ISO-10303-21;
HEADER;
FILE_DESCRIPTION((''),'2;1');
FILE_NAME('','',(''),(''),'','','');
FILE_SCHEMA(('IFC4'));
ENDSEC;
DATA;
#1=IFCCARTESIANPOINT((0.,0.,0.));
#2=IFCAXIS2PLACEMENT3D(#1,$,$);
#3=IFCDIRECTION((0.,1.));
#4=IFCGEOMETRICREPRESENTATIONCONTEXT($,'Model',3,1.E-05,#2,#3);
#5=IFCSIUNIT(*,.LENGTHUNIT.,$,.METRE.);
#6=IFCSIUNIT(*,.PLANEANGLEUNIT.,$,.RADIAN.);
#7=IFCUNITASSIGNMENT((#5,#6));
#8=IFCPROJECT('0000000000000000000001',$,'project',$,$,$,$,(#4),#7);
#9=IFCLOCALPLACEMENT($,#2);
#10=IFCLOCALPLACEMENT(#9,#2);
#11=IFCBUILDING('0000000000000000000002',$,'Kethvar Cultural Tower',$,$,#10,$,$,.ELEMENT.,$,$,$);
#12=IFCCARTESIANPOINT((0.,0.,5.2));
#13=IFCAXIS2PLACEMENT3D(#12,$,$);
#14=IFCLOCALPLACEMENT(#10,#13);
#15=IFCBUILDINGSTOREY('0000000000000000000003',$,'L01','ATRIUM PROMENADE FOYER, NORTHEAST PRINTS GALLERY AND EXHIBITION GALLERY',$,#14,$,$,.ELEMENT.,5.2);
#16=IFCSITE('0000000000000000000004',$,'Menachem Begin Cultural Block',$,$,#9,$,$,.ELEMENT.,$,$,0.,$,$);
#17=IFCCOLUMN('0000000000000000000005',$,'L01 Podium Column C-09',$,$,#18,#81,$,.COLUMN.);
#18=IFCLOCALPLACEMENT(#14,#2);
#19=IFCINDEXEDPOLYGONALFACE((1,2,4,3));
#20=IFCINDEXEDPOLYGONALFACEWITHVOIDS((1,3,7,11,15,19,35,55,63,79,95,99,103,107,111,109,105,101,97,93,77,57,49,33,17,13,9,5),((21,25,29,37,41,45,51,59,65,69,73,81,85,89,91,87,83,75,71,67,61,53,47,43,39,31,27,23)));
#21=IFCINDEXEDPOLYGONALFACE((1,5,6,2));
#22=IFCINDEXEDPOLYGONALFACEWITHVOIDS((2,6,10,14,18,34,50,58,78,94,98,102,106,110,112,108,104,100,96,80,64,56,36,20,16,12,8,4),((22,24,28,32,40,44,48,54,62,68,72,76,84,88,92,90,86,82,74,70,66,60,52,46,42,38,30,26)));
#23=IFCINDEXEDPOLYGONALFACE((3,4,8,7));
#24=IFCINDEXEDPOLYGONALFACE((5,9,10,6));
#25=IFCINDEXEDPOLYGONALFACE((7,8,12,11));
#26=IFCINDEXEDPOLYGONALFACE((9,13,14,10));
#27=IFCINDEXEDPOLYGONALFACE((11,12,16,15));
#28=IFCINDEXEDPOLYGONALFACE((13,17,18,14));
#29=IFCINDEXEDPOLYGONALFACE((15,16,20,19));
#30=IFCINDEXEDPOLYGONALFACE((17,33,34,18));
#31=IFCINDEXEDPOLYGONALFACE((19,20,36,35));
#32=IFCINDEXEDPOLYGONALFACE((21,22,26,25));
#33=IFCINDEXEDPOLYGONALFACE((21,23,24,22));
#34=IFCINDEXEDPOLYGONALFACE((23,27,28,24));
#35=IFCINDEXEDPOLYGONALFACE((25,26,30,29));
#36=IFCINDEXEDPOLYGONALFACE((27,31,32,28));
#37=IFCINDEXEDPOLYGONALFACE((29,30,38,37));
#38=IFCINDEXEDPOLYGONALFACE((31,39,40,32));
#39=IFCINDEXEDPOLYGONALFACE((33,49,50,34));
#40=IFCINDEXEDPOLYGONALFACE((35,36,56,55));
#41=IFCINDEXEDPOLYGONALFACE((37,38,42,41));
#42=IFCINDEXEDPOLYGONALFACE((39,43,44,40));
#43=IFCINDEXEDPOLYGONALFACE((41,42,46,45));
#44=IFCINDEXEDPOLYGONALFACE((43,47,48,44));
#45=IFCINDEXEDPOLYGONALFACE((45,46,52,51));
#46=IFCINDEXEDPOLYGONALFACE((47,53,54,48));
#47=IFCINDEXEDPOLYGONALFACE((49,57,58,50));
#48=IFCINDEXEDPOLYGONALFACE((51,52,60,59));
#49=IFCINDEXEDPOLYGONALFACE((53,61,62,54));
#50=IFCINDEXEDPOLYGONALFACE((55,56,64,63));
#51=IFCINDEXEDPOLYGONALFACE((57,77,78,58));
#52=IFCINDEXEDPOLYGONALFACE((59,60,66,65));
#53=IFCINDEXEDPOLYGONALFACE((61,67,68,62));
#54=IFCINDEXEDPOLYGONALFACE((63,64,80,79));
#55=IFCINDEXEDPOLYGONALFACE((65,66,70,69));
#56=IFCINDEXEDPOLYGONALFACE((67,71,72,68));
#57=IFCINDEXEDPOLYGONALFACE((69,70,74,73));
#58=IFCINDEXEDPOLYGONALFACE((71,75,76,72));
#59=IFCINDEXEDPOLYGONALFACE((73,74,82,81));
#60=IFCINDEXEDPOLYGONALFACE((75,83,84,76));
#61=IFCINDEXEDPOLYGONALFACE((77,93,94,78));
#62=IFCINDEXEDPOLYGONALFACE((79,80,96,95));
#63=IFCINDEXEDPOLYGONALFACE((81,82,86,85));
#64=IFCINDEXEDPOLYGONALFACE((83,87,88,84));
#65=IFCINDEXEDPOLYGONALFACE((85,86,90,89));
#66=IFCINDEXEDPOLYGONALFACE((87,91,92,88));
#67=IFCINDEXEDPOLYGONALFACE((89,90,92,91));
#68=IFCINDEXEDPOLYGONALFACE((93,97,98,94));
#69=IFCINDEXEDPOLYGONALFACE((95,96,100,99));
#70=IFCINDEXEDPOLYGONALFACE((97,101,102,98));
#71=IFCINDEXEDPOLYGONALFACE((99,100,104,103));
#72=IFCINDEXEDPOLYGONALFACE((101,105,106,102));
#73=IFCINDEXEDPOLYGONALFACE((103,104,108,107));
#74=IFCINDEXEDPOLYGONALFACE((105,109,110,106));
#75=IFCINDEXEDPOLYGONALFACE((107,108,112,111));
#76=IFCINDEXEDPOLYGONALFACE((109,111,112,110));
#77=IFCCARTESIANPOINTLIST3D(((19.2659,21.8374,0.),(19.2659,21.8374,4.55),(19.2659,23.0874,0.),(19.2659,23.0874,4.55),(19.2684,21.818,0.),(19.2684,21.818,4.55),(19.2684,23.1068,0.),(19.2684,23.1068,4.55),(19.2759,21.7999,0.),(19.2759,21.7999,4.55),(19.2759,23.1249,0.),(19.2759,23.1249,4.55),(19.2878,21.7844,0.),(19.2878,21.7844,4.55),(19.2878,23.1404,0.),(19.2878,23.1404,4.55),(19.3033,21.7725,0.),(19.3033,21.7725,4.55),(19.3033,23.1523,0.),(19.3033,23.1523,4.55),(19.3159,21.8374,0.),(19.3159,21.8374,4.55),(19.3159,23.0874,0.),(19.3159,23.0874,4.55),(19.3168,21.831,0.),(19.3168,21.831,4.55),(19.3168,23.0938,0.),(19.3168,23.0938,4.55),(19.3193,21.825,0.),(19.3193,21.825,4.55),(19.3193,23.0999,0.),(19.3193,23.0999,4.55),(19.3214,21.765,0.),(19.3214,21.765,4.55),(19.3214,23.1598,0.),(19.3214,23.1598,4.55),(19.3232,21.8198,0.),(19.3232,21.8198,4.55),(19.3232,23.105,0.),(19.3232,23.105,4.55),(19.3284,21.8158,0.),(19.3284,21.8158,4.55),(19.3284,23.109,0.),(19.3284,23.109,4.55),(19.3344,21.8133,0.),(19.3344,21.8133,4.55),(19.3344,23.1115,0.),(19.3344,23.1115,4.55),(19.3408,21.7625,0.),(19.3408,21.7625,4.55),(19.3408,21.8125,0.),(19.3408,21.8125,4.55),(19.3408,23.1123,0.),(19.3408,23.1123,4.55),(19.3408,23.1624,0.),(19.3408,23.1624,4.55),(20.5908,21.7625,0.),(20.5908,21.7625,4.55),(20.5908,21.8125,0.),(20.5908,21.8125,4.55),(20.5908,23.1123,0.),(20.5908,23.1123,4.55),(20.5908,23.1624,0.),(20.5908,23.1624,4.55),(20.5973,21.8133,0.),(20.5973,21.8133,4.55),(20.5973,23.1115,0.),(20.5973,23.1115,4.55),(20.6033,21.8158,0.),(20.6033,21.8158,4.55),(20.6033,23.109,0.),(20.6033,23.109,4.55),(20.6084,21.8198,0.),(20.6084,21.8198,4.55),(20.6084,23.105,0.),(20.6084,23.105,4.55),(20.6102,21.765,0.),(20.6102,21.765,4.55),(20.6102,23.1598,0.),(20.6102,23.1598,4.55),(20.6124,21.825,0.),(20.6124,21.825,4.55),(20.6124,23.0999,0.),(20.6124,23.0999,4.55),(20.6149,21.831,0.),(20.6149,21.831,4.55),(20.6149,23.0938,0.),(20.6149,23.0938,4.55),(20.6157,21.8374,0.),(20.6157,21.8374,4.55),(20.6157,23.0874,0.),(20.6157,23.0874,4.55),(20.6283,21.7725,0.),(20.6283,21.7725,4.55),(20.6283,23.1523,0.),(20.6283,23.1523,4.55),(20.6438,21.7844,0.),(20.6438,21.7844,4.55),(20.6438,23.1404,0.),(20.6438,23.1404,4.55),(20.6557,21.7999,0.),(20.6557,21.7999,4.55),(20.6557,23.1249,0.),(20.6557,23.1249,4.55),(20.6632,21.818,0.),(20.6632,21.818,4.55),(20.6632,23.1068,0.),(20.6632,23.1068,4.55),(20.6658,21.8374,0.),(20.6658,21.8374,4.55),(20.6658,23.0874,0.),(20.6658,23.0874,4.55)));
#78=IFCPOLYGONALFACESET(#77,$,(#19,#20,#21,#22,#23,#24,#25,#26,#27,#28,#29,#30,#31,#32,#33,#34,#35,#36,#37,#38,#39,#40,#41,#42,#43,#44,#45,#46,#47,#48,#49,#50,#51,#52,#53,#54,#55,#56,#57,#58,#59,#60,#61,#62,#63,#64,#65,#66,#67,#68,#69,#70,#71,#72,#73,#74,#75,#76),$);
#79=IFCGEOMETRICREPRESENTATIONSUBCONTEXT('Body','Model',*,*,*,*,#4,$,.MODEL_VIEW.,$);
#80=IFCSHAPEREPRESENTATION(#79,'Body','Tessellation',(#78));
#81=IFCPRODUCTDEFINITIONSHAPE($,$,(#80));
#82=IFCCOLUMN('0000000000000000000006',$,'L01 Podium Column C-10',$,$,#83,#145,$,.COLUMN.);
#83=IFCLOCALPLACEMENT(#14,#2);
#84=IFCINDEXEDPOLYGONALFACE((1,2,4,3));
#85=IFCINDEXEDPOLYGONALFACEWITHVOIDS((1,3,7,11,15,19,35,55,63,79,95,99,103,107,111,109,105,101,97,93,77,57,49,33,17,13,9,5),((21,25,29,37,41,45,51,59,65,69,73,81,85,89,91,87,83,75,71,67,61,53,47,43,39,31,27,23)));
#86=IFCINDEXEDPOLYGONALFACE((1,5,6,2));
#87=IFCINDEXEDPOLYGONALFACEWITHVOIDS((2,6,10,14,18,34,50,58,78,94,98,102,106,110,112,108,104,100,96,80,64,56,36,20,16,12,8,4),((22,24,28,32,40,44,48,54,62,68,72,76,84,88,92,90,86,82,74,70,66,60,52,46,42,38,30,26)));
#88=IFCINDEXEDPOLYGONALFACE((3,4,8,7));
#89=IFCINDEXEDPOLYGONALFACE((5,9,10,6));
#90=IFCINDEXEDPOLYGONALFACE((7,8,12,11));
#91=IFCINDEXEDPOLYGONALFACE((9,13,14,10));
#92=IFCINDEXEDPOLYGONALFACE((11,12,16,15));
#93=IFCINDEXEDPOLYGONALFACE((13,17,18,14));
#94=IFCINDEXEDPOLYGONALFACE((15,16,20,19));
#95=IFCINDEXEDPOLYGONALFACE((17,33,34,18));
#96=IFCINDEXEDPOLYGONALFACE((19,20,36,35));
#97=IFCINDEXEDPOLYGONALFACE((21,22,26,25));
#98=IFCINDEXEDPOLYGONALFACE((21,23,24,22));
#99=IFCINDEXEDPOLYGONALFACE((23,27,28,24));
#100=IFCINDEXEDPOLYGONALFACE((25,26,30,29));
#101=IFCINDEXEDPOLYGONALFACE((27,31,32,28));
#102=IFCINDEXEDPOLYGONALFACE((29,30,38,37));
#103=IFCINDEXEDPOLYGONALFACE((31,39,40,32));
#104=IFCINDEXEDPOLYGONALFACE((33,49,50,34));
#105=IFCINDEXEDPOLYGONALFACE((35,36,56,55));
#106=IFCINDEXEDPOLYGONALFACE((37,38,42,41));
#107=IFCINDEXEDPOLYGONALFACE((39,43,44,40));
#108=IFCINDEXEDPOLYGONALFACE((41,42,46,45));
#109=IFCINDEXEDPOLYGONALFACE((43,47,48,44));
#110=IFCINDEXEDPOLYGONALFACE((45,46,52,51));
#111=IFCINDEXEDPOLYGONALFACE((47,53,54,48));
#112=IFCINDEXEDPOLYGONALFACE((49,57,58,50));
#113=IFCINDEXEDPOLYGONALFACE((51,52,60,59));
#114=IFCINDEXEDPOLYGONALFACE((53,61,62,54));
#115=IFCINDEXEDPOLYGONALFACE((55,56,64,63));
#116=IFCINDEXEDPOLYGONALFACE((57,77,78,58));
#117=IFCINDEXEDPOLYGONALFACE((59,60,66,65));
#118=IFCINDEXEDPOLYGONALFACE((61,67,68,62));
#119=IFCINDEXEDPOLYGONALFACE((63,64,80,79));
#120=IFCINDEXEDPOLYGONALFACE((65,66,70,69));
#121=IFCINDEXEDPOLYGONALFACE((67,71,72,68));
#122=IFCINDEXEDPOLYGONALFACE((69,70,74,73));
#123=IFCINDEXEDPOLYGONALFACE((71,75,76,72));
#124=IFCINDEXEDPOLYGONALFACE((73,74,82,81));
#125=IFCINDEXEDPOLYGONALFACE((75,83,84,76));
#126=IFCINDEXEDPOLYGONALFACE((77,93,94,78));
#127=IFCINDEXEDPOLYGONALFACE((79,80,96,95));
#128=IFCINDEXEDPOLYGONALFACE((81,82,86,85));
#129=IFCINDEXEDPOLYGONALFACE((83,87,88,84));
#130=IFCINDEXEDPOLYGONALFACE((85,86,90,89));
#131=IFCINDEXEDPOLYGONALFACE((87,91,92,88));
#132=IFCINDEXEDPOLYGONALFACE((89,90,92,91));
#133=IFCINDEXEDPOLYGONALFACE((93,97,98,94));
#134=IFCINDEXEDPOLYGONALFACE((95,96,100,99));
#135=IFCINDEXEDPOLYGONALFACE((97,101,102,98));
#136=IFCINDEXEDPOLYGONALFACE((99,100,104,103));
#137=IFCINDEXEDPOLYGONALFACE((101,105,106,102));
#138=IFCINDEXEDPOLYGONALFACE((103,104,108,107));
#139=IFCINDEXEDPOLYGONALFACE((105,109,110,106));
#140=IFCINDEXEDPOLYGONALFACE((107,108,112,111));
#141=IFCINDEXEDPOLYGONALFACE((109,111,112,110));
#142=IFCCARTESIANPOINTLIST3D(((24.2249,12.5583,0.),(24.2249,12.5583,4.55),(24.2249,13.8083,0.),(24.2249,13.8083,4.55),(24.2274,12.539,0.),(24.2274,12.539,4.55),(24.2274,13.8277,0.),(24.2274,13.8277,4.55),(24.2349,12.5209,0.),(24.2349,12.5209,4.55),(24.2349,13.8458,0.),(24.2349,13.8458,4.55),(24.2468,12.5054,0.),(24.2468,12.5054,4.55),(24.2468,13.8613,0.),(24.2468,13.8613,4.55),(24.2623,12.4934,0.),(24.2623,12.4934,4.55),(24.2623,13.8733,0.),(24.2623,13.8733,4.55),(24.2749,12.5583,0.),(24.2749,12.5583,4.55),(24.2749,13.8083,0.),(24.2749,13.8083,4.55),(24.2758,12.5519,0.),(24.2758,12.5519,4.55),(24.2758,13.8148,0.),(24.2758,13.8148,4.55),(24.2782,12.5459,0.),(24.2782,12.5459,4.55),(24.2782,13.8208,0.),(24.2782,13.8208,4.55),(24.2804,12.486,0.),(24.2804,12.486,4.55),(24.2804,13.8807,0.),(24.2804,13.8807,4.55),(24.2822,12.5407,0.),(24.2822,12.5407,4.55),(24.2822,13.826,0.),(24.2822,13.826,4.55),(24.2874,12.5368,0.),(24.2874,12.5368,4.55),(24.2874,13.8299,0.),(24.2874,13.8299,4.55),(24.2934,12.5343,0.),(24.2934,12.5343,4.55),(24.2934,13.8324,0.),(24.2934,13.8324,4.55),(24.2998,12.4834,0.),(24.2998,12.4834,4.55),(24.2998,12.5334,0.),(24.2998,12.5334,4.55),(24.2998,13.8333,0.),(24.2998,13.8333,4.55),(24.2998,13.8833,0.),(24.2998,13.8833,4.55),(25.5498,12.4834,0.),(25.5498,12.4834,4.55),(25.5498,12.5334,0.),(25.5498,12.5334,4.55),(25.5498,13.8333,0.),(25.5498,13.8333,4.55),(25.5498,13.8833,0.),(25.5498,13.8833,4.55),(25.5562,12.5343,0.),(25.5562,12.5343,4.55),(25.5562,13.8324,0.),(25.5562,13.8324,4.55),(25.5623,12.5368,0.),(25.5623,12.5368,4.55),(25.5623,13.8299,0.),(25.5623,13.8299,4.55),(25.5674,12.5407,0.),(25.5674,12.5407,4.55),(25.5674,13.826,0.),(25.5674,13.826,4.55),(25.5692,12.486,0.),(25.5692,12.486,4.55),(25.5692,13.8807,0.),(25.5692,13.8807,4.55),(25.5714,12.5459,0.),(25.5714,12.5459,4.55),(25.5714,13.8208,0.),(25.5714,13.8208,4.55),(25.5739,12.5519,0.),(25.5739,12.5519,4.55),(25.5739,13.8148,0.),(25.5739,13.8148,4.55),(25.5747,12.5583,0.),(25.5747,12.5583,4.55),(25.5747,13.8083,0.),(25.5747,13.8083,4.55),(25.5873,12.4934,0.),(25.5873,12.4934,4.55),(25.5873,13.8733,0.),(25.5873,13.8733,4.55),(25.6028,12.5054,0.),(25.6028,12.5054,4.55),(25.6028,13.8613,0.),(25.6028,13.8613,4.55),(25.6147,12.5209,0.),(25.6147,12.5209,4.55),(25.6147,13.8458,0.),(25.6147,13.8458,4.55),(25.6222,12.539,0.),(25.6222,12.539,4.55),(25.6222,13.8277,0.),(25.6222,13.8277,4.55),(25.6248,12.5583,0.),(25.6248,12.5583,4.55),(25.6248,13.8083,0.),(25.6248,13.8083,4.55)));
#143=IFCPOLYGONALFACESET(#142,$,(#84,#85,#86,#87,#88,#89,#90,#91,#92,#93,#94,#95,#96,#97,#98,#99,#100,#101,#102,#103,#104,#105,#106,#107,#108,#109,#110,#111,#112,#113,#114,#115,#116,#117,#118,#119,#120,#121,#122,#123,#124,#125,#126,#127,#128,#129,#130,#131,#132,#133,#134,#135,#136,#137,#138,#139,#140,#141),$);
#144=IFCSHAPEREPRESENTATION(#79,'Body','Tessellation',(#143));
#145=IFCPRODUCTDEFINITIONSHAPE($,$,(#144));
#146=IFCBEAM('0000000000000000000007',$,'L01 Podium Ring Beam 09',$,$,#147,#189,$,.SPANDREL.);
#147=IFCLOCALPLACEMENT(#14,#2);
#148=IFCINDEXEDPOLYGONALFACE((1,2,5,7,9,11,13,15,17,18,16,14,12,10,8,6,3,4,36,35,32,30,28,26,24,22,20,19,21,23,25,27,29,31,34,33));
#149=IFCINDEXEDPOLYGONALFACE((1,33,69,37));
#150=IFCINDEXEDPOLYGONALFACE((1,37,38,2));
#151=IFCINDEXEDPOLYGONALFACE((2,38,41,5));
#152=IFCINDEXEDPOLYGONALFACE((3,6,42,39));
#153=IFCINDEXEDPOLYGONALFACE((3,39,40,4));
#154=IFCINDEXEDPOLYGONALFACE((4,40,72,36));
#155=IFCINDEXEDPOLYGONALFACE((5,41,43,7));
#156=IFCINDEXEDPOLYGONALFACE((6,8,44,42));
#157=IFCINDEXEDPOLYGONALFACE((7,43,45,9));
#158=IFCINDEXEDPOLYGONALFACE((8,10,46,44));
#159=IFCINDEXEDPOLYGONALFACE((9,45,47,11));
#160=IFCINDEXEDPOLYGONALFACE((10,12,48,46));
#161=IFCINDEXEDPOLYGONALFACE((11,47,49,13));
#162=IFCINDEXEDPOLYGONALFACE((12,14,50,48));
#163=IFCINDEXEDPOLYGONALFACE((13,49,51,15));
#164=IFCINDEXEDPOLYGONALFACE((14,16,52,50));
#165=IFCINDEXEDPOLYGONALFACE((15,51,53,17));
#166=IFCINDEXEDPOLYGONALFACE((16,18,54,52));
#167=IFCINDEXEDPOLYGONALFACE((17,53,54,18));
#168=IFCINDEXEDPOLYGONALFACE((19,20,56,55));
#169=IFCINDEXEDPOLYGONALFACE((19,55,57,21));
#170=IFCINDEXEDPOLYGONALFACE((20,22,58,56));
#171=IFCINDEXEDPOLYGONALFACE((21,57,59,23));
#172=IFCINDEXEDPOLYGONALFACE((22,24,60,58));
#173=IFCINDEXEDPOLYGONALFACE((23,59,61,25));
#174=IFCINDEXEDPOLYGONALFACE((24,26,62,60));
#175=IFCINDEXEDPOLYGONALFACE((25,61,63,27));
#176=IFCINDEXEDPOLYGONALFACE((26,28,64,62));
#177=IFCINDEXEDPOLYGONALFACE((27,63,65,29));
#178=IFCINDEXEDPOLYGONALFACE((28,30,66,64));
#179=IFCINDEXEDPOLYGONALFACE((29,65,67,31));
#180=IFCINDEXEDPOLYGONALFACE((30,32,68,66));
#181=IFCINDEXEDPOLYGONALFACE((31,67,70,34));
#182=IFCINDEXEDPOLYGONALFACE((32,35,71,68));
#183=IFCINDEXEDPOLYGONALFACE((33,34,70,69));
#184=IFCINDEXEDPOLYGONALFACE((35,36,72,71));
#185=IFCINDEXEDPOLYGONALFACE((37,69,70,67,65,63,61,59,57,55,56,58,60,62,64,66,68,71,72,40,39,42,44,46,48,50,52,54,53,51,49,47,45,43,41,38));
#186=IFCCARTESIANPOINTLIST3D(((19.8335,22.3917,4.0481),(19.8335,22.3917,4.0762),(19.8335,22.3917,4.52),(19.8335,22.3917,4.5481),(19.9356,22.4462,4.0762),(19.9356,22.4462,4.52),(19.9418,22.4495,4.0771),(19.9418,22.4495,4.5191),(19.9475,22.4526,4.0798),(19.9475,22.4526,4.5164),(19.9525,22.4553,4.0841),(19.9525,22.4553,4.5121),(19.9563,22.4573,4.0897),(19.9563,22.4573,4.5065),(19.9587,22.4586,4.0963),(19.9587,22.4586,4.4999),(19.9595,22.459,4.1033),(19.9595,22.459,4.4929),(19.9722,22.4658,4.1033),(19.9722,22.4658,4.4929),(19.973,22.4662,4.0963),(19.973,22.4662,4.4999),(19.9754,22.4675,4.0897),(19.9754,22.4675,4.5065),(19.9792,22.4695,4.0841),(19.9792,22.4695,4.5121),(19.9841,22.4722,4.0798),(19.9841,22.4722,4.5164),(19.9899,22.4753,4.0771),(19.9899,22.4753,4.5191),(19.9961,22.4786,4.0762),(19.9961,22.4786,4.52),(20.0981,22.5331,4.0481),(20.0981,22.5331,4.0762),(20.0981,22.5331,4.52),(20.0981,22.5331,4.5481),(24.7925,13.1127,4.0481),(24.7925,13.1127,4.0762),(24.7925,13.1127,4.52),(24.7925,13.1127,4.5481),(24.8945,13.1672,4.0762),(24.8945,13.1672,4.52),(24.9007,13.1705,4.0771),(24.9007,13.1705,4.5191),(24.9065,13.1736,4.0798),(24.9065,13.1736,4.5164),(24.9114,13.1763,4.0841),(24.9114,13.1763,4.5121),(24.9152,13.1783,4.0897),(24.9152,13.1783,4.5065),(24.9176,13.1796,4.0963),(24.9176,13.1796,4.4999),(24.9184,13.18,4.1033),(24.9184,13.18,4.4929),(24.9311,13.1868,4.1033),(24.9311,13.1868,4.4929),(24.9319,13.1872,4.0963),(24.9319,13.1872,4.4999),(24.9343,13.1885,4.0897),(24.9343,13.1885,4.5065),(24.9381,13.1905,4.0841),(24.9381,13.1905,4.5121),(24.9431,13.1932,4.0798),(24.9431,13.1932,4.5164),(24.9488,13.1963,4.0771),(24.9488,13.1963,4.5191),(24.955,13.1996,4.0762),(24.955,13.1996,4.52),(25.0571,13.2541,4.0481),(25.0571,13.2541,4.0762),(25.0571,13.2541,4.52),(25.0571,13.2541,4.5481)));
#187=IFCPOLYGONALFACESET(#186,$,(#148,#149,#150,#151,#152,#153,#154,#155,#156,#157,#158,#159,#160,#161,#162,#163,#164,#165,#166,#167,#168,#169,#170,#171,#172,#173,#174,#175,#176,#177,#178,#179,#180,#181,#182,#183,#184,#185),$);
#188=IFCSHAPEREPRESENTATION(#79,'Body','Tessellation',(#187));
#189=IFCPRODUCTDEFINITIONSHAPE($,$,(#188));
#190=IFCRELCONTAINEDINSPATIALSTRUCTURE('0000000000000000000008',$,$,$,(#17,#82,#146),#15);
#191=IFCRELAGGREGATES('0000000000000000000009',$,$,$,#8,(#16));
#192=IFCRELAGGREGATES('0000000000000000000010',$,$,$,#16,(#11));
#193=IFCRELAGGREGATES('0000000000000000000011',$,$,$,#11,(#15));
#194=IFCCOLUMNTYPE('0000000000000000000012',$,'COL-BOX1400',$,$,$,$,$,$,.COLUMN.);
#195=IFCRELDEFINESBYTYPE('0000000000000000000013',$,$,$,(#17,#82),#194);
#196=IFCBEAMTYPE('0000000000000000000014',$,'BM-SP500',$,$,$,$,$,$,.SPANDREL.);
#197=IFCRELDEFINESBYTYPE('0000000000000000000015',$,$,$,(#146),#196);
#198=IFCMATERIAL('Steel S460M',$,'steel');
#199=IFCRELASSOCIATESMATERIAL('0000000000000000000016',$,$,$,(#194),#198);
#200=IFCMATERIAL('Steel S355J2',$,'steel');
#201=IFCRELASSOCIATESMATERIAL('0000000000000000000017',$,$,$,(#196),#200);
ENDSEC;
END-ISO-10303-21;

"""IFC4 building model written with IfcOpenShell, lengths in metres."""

from ifc_helpers import new_model, si_unit, direction, frame, origin, origin_2d, place, context, subcontext, project, spatial, hollow_rectangle, i_section, extrude, source, transform, mapped, material, material_profile, profile_set, type_object, element, save


model = new_model("IFC4")

# Units and contexts
model_context = context("Model", 3, precision=1e-05, world=origin(), true_north=direction((0.0, 1.0)))
body_context = subcontext(model_context, "Body", "Model", "MODEL_VIEW")
ifc_project = project(units=[si_unit("LENGTHUNIT", "METRE"), si_unit("PLANEANGLEUNIT", "RADIAN")], contexts=[model_context])

# Site, building, storey
site_placement = place(None, origin())
site = spatial("IfcSite", under=ifc_project, at=site_placement, Name="Menachem Begin Cultural Block", CompositionType="ELEMENT", RefElevation=0.0)
building_placement = place(site_placement, origin())
building = spatial("IfcBuilding", under=site, at=building_placement, Name="Kethvar Cultural Tower", CompositionType="ELEMENT")
storey_placement = place(building_placement, frame((0.0, 0.0, 5.2)))
storey = spatial("IfcBuildingStorey", under=building, at=storey_placement, Name="L01", Description="ATRIUM PROMENADE FOYER, NORTHEAST PRINTS GALLERY AND EXHIBITION GALLERY", CompositionType="ELEMENT", Elevation=5.2)

# Columns
ifc_material_1 = material(Name="Steel S460M", Category="steel")
ifc_material_profile_1 = material_profile(ifc_material_1, hollow_rectangle(XDim=1.3999, YDim=1.3999, WallThickness=0.05, InnerFilletRadius=0.0249, OuterFilletRadius=0.075, at=origin_2d()), Name="Steel S460M — BOX1400x1400x50")
ifc_profile_set_1 = profile_set([ifc_material_profile_1], Name="Steel S460M — BOX1400x1400x50")
column_type = type_object("IfcColumnType", Name="COL-BOX1400", PredefinedType="COLUMN", material=ifc_profile_set_1)
shared_shape_1 = source(origin(), body_context, "Body", "SweptSolid", [
    extrude(hollow_rectangle(XDim=1.3999, YDim=1.3999, WallThickness=0.05, InnerFilletRadius=0.0249, OuterFilletRadius=0.075, at=origin_2d()), origin(), (0.0, 0.0, 1.0), 4.55),
])
for number, where, z_axis, x_axis, name in (
    (1, (19.9658, 22.4624, 0.0), (0.0, 0.0, 1.0), (1.0, 0.0, 0.0), "L01 Podium Column C-09"),
    (2, (24.9248, 13.1833, 0.0), (0.0, 0.0, 1.0), (1.0, 0.0, 0.0), "L01 Podium Column C-10"),
):
    element("IfcColumn", number, at=place(storey_placement, frame(where, z_axis=z_axis, x_axis=x_axis)), inside=storey, type_object=column_type, Name=name, PredefinedType="COLUMN", context=body_context, shape_type="MappedRepresentation", body=[
        mapped(shared_shape_1, transform((0.0, 0.0, 0.0), scale=1.0)),
    ])

# Beam
ifc_material_2 = material(Name="Steel S355J2", Category="steel")
ifc_material_profile_2 = material_profile(ifc_material_2, i_section(OverallWidth=0.3, OverallDepth=0.5, WebThickness=0.0144, FlangeThickness=0.0281, FilletRadius=0.0271, at=origin_2d()), Name="Steel S355J2 — HEB500")
ifc_profile_set_2 = profile_set([ifc_material_profile_2], Name="Steel S355J2 — HEB500")
beam_type_1 = type_object("IfcBeamType", Name="BM-SP500", PredefinedType="SPANDREL", material=ifc_profile_set_2)
shared_shape_2 = source(origin(), body_context, "Body", "SweptSolid", [
    extrude(i_section(OverallWidth=0.3, OverallDepth=0.5, WebThickness=0.0144, FlangeThickness=0.0281, FilletRadius=0.0271, at=origin_2d()), origin(), (0.0, 0.0, 1.0), 10.521),
])
beam_1_placement = place(storey_placement, frame((19.9658, 22.4624, 4.2981), z_axis=(0.47134, -0.881952, 0.0), x_axis=(0.881952, 0.47134, 0.0)))
element("IfcBeam", 3, at=beam_1_placement, inside=storey, type_object=beam_type_1, Name="L01 Podium Ring Beam 09", PredefinedType="SPANDREL", context=body_context, shape_type="MappedRepresentation", body=[
    mapped(shared_shape_2, transform((0.0, 0.0, 0.0), scale=1.0)),
])

save(model, "model.ifc")
